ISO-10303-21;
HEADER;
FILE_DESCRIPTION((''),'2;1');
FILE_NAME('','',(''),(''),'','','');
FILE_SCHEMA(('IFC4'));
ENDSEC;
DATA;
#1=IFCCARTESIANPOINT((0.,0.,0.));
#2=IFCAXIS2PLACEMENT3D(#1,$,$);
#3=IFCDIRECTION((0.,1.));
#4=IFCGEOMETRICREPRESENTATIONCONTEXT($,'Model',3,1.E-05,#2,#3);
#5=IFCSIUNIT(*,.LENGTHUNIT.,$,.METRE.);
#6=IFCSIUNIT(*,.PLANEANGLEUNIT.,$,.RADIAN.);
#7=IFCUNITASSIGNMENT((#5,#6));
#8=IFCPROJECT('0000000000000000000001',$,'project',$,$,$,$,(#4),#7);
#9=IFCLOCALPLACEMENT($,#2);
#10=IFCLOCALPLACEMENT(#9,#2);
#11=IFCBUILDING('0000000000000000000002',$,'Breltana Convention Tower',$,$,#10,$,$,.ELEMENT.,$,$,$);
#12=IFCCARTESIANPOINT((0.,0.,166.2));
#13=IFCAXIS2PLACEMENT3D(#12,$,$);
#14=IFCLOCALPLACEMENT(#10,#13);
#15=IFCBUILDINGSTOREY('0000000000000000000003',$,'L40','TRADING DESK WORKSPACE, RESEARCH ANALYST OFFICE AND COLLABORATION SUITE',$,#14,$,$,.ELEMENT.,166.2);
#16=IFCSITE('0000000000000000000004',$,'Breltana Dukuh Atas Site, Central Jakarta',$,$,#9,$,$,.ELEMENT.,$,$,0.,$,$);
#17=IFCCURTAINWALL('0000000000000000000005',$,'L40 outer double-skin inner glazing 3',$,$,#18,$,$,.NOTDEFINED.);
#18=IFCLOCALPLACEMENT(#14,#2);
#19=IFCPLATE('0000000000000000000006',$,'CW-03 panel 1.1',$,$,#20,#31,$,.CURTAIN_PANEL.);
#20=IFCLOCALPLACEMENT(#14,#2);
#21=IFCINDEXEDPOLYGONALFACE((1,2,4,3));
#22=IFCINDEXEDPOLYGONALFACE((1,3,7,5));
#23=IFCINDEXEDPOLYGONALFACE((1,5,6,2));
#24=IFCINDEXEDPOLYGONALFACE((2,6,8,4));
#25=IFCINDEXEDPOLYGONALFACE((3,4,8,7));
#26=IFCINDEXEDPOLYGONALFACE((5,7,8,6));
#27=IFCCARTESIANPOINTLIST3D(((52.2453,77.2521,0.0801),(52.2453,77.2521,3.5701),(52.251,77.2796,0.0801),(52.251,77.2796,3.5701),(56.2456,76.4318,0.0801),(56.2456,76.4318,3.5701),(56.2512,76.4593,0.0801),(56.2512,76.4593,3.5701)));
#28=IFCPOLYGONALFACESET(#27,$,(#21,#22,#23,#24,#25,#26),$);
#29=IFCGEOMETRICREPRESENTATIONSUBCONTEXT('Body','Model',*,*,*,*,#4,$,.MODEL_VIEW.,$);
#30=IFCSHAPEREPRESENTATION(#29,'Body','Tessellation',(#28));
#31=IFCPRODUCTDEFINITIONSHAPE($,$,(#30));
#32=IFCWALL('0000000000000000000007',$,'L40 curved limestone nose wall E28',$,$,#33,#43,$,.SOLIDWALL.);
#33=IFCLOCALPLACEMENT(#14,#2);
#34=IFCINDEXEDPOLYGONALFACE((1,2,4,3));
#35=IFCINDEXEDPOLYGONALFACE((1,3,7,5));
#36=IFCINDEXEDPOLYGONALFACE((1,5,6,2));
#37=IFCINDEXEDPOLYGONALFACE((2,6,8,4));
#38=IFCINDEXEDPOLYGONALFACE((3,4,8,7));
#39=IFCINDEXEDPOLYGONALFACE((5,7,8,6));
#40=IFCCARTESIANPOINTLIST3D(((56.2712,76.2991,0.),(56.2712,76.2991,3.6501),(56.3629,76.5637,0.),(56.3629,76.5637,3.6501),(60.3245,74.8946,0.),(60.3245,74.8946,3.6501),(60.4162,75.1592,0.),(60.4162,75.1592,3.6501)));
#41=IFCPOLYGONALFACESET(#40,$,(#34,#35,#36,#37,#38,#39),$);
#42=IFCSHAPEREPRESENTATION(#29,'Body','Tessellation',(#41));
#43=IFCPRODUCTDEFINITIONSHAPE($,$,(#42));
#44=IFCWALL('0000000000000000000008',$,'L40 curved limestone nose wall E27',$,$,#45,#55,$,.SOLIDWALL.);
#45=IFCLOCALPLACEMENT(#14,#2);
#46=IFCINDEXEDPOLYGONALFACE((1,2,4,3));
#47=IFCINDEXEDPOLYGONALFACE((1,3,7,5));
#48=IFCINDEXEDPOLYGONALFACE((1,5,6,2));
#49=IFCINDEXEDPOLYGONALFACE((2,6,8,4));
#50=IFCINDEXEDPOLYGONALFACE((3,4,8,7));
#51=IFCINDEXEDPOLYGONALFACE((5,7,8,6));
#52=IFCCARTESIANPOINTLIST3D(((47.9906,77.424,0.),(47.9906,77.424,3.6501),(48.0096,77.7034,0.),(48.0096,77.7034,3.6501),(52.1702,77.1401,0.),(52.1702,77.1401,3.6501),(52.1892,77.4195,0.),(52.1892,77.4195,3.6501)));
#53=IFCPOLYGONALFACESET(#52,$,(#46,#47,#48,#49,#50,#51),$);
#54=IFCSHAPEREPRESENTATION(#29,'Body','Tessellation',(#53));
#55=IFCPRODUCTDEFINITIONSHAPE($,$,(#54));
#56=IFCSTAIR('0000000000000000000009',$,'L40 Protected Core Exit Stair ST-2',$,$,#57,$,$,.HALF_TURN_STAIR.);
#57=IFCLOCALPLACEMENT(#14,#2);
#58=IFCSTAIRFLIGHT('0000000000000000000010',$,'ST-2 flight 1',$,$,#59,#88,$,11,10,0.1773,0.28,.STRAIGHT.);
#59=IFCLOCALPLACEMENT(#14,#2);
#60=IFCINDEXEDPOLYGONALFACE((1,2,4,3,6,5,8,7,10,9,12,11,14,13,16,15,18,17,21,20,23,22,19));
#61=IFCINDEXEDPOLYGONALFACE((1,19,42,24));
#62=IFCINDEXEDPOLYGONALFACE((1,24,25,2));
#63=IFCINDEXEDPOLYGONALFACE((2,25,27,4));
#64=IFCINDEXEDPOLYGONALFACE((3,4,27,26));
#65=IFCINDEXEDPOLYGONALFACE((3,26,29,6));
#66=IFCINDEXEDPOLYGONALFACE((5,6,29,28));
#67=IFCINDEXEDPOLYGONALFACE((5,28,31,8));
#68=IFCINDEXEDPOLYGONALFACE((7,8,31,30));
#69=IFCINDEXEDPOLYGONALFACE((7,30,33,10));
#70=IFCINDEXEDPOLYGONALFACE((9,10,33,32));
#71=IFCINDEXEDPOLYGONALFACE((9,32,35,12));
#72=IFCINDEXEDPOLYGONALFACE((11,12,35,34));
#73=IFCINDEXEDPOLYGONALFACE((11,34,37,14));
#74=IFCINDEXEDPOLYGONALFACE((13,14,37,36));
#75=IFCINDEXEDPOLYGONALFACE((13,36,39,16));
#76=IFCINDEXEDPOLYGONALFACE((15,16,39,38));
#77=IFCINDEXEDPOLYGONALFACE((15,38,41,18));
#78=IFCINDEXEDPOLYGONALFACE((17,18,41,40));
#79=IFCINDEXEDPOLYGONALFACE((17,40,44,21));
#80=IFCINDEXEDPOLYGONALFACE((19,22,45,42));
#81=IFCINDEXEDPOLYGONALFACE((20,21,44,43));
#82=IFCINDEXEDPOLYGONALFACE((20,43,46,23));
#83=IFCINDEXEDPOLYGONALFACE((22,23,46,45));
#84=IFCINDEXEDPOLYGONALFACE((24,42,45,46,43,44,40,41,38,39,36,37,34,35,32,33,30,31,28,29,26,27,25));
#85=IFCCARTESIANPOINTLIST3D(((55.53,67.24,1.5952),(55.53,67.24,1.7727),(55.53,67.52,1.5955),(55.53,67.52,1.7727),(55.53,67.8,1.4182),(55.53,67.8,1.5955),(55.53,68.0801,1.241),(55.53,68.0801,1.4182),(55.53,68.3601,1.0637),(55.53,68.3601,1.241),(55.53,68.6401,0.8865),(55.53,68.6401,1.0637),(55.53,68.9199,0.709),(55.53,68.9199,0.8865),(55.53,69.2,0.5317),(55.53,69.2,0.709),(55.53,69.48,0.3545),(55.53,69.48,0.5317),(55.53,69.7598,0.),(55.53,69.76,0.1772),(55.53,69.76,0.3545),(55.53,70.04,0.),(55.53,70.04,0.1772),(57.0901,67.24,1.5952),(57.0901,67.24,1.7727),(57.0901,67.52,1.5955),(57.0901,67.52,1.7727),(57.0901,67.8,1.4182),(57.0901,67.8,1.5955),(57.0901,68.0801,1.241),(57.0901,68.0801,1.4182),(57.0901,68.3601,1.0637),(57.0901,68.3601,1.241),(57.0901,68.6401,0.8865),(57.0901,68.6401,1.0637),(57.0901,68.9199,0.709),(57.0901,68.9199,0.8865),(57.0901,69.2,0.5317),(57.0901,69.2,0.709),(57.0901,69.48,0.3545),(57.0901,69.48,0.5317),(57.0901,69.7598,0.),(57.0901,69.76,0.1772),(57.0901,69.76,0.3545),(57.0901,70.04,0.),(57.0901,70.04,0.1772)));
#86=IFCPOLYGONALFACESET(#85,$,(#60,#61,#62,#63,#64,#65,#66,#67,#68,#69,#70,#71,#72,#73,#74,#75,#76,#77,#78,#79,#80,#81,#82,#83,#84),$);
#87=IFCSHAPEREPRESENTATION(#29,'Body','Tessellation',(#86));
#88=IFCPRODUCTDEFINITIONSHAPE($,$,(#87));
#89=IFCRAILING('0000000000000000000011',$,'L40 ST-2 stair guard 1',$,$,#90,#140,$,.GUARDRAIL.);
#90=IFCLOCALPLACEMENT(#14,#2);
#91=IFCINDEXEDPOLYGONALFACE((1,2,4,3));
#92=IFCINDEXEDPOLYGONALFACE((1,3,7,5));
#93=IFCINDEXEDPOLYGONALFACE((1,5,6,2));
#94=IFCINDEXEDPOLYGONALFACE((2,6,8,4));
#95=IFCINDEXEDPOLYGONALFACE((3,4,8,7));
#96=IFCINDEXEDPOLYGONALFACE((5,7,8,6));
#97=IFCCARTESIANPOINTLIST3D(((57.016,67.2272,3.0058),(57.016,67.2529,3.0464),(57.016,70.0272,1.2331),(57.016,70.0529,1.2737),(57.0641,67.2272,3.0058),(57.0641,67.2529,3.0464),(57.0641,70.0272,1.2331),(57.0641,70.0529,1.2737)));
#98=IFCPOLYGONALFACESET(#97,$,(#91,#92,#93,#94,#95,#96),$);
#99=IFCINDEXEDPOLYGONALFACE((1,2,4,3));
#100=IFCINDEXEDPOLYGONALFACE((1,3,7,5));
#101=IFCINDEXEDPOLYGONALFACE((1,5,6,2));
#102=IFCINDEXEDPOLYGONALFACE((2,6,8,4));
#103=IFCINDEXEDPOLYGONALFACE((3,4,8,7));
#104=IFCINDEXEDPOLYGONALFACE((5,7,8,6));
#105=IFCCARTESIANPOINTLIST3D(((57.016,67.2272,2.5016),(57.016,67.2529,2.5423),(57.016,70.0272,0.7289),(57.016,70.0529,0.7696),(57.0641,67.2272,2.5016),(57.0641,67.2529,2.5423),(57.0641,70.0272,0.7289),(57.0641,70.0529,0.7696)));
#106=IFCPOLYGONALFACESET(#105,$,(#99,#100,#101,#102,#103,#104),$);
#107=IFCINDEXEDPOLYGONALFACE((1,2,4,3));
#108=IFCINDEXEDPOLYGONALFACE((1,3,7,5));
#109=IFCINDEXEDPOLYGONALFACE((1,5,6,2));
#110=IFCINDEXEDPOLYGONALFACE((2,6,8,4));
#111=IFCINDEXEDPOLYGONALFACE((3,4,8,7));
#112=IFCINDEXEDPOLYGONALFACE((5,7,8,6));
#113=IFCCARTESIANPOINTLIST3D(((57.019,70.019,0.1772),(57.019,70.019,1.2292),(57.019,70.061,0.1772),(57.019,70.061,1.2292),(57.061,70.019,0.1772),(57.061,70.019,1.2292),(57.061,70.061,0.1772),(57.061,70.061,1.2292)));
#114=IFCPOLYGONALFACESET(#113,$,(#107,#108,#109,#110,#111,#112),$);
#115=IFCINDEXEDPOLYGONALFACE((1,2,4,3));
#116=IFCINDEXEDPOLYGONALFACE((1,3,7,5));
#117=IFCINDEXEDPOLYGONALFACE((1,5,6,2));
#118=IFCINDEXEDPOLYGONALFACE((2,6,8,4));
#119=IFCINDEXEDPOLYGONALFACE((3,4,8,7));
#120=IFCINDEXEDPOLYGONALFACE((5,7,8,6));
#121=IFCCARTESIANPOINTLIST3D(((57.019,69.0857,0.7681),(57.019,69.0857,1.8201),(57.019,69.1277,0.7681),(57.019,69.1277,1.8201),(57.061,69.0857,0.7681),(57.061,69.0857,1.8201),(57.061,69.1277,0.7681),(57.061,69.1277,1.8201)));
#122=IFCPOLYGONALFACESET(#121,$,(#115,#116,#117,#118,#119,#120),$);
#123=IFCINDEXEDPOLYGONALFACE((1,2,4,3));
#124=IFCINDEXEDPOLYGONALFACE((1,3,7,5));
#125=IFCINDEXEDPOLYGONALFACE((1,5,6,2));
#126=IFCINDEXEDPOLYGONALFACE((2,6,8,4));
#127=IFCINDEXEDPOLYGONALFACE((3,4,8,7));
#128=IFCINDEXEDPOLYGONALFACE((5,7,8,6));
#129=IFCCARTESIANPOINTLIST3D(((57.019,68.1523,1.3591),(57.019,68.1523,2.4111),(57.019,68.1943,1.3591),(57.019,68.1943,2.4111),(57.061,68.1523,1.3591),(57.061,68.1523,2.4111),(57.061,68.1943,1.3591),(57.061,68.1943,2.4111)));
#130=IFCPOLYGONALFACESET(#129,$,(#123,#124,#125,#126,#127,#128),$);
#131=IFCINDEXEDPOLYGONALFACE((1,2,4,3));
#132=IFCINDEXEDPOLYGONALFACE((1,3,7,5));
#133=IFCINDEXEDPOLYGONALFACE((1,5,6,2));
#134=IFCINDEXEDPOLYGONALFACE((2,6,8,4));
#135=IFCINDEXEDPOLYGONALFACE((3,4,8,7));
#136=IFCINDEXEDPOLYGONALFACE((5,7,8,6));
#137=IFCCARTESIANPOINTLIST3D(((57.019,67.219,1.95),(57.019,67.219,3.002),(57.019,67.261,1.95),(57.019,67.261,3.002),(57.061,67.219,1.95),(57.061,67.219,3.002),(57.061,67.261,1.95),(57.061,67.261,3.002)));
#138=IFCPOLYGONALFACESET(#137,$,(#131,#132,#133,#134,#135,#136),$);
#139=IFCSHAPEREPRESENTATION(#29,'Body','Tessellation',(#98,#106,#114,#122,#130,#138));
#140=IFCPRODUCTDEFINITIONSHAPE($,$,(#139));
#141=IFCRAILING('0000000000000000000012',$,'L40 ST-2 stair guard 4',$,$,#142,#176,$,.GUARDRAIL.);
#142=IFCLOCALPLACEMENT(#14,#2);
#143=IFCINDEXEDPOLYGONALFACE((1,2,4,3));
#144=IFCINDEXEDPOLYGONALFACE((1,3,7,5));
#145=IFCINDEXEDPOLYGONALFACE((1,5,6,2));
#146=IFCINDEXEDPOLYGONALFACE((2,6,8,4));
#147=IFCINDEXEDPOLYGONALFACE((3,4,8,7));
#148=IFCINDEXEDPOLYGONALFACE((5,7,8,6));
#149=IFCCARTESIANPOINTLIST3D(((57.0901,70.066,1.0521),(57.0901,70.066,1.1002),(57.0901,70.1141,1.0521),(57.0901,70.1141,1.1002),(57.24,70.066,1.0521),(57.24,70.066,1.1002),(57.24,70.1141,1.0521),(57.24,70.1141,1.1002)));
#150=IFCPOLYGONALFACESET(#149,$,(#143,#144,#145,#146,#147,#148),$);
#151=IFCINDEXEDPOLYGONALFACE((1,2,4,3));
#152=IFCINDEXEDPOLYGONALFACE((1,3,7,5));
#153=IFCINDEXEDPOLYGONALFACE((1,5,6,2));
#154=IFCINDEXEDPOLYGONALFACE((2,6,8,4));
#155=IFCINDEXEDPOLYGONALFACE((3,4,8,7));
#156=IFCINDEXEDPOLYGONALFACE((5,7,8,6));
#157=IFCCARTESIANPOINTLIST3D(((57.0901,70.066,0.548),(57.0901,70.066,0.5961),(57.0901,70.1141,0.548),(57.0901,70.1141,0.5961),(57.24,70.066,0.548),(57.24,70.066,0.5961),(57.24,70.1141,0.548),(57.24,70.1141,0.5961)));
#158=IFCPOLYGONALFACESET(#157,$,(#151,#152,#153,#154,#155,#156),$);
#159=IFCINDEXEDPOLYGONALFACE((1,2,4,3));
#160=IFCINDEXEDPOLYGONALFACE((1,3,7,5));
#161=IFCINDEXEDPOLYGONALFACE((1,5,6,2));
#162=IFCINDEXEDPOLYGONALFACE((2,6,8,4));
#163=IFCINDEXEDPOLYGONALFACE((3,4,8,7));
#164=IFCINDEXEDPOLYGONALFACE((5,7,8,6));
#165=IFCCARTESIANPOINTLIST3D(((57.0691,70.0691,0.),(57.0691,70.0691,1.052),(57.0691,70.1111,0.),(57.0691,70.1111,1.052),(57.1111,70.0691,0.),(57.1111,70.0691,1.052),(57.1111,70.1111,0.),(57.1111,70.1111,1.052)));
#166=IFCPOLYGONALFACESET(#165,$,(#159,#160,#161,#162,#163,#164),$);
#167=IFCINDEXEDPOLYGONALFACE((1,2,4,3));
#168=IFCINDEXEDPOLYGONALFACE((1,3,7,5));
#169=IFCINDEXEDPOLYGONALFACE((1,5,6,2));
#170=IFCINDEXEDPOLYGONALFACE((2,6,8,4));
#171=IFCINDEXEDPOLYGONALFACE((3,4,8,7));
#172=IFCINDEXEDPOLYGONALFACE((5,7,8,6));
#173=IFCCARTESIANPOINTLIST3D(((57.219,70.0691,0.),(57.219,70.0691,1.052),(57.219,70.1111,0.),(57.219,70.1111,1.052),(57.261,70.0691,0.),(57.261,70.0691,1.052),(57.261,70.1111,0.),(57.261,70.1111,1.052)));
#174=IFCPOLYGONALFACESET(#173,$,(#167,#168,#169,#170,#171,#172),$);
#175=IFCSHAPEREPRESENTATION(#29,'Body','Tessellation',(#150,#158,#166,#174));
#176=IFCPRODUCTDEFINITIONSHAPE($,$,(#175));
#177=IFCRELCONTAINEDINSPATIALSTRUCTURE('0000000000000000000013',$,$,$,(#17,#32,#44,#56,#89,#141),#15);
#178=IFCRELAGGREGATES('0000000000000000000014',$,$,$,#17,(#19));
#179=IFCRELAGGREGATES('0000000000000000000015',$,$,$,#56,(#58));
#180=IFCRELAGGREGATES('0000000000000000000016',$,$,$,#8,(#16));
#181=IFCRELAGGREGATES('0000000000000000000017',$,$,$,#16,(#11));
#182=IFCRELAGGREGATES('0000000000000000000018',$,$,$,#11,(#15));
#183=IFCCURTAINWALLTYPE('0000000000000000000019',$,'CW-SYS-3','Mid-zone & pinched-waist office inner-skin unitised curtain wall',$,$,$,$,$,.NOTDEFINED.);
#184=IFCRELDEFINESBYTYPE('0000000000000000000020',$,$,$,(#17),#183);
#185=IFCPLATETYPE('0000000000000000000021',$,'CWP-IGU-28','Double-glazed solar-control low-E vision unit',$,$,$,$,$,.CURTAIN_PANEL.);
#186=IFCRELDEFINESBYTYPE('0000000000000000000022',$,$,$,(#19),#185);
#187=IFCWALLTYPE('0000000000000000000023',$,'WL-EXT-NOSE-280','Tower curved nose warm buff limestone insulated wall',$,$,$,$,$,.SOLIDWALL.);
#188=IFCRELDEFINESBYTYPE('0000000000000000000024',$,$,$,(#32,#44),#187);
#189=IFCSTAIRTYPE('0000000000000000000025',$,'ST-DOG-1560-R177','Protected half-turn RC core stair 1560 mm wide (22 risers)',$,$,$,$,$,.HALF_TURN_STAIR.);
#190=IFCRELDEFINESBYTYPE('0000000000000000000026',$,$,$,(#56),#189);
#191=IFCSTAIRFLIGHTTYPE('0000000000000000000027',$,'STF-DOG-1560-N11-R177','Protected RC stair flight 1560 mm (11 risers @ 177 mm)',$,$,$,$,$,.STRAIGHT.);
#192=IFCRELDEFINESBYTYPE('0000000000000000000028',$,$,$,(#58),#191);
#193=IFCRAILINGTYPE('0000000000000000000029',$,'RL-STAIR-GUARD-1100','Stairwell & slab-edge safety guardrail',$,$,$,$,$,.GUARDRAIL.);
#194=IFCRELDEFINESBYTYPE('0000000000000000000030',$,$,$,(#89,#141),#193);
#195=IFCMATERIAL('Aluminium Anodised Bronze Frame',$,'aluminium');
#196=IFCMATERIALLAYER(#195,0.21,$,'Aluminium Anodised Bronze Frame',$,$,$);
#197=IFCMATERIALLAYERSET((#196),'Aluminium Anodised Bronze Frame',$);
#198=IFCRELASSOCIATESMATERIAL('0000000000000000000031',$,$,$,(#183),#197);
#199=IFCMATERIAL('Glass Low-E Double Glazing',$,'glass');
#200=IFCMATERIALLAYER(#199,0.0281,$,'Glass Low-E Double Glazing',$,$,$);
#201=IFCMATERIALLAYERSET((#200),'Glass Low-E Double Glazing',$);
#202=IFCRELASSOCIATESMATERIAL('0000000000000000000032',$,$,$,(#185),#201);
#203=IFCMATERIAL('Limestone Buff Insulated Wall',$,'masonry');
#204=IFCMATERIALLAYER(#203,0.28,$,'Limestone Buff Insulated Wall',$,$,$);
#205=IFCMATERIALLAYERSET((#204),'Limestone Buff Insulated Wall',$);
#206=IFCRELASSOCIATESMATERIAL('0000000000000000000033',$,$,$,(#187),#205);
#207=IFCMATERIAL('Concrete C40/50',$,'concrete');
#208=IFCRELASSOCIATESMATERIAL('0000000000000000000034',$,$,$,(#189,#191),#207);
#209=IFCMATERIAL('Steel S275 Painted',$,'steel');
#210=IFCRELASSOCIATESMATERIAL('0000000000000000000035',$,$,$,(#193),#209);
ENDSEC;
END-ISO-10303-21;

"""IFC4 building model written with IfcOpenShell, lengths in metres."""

from ifc_helpers import new_model, si_unit, direction, frame, frame_2d, origin, origin_2d, place, context, subcontext, project, spatial, polyline, rectangle, outline, extrude, source, transform, mapped, material, layer, layer_set, type_object, element, aggregate, save


model = new_model("IFC4")

# Units and contexts
model_context = context("Model", 3, precision=1e-05, world=origin(), true_north=direction((0.0, 1.0)))
body_context = subcontext(model_context, "Body", "Model", "MODEL_VIEW")
ifc_project = project(units=[si_unit("LENGTHUNIT", "METRE"), si_unit("PLANEANGLEUNIT", "RADIAN")], contexts=[model_context])

# Site, building, storey
site_placement = place(None, origin())
site = spatial("IfcSite", under=ifc_project, at=site_placement, Name="Breltana Dukuh Atas Site, Central Jakarta", CompositionType="ELEMENT", RefElevation=0.0)
building_placement = place(site_placement, origin())
building = spatial("IfcBuilding", under=site, at=building_placement, Name="Breltana Convention Tower", CompositionType="ELEMENT")
storey_placement = place(building_placement, frame((0.0, 0.0, 166.2)))
storey = spatial("IfcBuildingStorey", under=building, at=storey_placement, Name="L40", Description="TRADING DESK WORKSPACE, RESEARCH ANALYST OFFICE AND COLLABORATION SUITE", CompositionType="ELEMENT", Elevation=166.2)

# Curtain wall, plate
ifc_material_1 = material(Name="Aluminium Anodised Bronze Frame", Category="aluminium")
ifc_layer_1 = layer(ifc_material_1, 0.21, Name="Aluminium Anodised Bronze Frame")
ifc_layer_set_1 = layer_set([ifc_layer_1], Name="Aluminium Anodised Bronze Frame")
curtain_wall_type = type_object("IfcCurtainWallType", Name="CW-SYS-3", Description="Mid-zone & pinched-waist office inner-skin unitised curtain wall", PredefinedType="NOTDEFINED", material=ifc_layer_set_1)
curtain_wall_placement = place(storey_placement, origin())
curtain_wall = element("IfcCurtainWall", 1, at=curtain_wall_placement, inside=storey, type_object=curtain_wall_type, Name="L40 outer double-skin inner glazing 3", PredefinedType="NOTDEFINED")
ifc_material_2 = material(Name="Glass Low-E Double Glazing", Category="glass")
ifc_layer_2 = layer(ifc_material_2, 0.0281, Name="Glass Low-E Double Glazing")
ifc_layer_set_2 = layer_set([ifc_layer_2], Name="Glass Low-E Double Glazing")
plate_type = type_object("IfcPlateType", Name="CWP-IGU-28", Description="Double-glazed solar-control low-E vision unit", PredefinedType="CURTAIN_PANEL", material=ifc_layer_set_2)
shared_shape_1 = source(origin(), body_context, "Body", "SweptSolid", [
    extrude(rectangle(XDim=4.0835, YDim=0.0281, at=origin_2d()), origin(), (0.0, 0.0, 1.0), 3.49),
])
plate_placement = place(storey_placement, frame((54.2483, 76.8557, 0.0801), z_axis=(0.0, 0.0, 1.0), x_axis=(0.979617, -0.200877, 0.0)))
plate = element("IfcPlate", 2, at=plate_placement, type_object=plate_type, Name="CW-03 panel 1.1", PredefinedType="CURTAIN_PANEL", context=body_context, shape_type="MappedRepresentation", body=[
    mapped(shared_shape_1, transform((0.0, 0.0, 0.0), scale=1.0)),
])
aggregate(curtain_wall, [plate])

# Walls
ifc_material_3 = material(Name="Limestone Buff Insulated Wall", Category="masonry")
ifc_layer_3 = layer(ifc_material_3, 0.28, Name="Limestone Buff Insulated Wall")
ifc_layer_set_3 = layer_set([ifc_layer_3], Name="Limestone Buff Insulated Wall")
wall_type_1 = type_object("IfcWallType", Name="WL-EXT-NOSE-280", Description="Tower curved nose warm buff limestone insulated wall", PredefinedType="SOLIDWALL", material=ifc_layer_set_3)
shared_shape_2 = source(origin(), body_context, "Body", "SweptSolid", [
    extrude(rectangle(XDim=4.2898, YDim=0.28, at=frame_2d((2.145, 0.0))), origin(), (0.0, 0.0, 1.0), 3.6501),
])
wall_1_placement = place(storey_placement, frame((56.3169, 76.4314, 0.0), z_axis=(0.0, 0.0, 1.0), x_axis=(0.944884, -0.327406, 0.0)))
element("IfcWall", 3, at=wall_1_placement, inside=storey, type_object=wall_type_1, Name="L40 curved limestone nose wall E28", PredefinedType="SOLIDWALL", context=body_context, shape_type="MappedRepresentation", body=[
    mapped(shared_shape_2, transform((0.0, 0.0, 0.0), scale=1.0)),
])
shared_shape_3 = source(origin(), body_context, "Body", "SweptSolid", [
    extrude(rectangle(XDim=4.1892, YDim=0.28, at=frame_2d((2.0947, 0.0))), origin(), (0.0, 0.0, 1.0), 3.6501),
])
wall_2_placement = place(storey_placement, frame((48.0, 77.5637, 0.0), z_axis=(0.0, 0.0, 1.0), x_axis=(0.997701, -0.067776, 0.0)))
element("IfcWall", 4, at=wall_2_placement, inside=storey, type_object=wall_type_1, Name="L40 curved limestone nose wall E27", PredefinedType="SOLIDWALL", context=body_context, shape_type="MappedRepresentation", body=[
    mapped(shared_shape_3, transform((0.0, 0.0, 0.0), scale=1.0)),
])

# Stair, stair flight
ifc_material_4 = material(Name="Concrete C40/50", Category="concrete")
stair_type = type_object("IfcStairType", Name="ST-DOG-1560-R177", Description="Protected half-turn RC core stair 1560 mm wide (22 risers)", PredefinedType="HALF_TURN_STAIR", material=ifc_material_4)
stair_placement = place(storey_placement, origin())
stair = element("IfcStair", 5, at=stair_placement, inside=storey, type_object=stair_type, Name="L40 Protected Core Exit Stair ST-2", PredefinedType="HALF_TURN_STAIR")
stair_flight_type = type_object("IfcStairFlightType", Name="STF-DOG-1560-N11-R177", Description="Protected RC stair flight 1560 mm (11 risers @ 177 mm)", PredefinedType="STRAIGHT", material=ifc_material_4)
stair_flight_placement = place(storey_placement, frame((56.3101, 70.04, 0.0), z_axis=(0.0, 0.0, 1.0), x_axis=(0.0, -1.0, 0.0)))
stair_flight = element("IfcStairFlight", 6, at=stair_flight_placement, type_object=stair_flight_type, Name="ST-2 flight 1", NumberOfRisers=11, NumberOfTreads=10, PredefinedType="STRAIGHT", RiserHeight=0.1773, TreadLength=0.28, context=body_context, shape_type="SweptSolid", body=[
    extrude(outline(polyline([(0.0, 0.0), (0.0, 0.1772), (0.28, 0.1772), (0.28, 0.3545), (0.5601, 0.3545), (0.5601, 0.5317), (0.8401, 0.5317), (0.8401, 0.709), (1.1201, 0.709), (1.1201, 0.8865), (1.3999, 0.8865), (1.3999, 1.0637), (1.6799, 1.0637), (1.6799, 1.241), (1.96, 1.241), (1.96, 1.4182), (2.24, 1.4182), (2.24, 1.5955), (2.52, 1.5955), (2.52, 1.7727), (2.8, 1.7727), (2.8, 1.95), (2.8, 1.5952), (0.2803, 0.0), (0.0, 0.0)])), frame((0.0, 0.78, 0.0), z_axis=(0.0, -1.0, 0.0), x_axis=(1.0, 0.0, 0.0)), (0.0, 0.0, 1.0), 1.5601),
])
aggregate(stair, [stair_flight])

# Railings
ifc_material_5 = material(Name="Steel S275 Painted", Category="steel")
railing_type_1 = type_object("IfcRailingType", Name="RL-STAIR-GUARD-1100", Description="Stairwell & slab-edge safety guardrail", PredefinedType="GUARDRAIL", material=ifc_material_5)
railing_1_placement = place(storey_placement, frame((57.04, 70.04, 0.1772)))
element("IfcRailing", 7, at=railing_1_placement, inside=storey, type_object=railing_type_1, Name="L40 ST-2 stair guard 1", PredefinedType="GUARDRAIL", context=body_context, shape_type="SweptSolid", body=[
    extrude(rectangle(XDim=0.0481, YDim=0.0481, at=origin_2d()), frame((0.0, 0.0, 1.0762), z_axis=(0.0, -0.844909, 0.53491), x_axis=(1.0, 0.0, 0.0)), (0.0, 0.0, 1.0), 3.314),
    extrude(rectangle(XDim=0.0481, YDim=0.0481, at=origin_2d()), frame((0.0, 0.0, 0.572), z_axis=(0.0, -0.844909, 0.53491), x_axis=(1.0, 0.0, 0.0)), (0.0, 0.0, 1.0), 3.314),
    extrude(rectangle(XDim=0.042, YDim=0.042, at=origin_2d()), origin(), (0.0, 0.0, 1.0), 1.052),
    extrude(rectangle(XDim=0.042, YDim=0.042, at=origin_2d()), frame((0.0, -0.9333, 0.5908)), (0.0, 0.0, 1.0), 1.052),
    extrude(rectangle(XDim=0.042, YDim=0.042, at=origin_2d()), frame((0.0, -1.8667, 1.1819)), (0.0, 0.0, 1.0), 1.052),
    extrude(rectangle(XDim=0.042, YDim=0.042, at=origin_2d()), frame((0.0, -2.8, 1.7727)), (0.0, 0.0, 1.0), 1.052),
])
railing_2_placement = place(storey_placement, frame((57.0901, 70.0901, 0.0)))
element("IfcRailing", 8, at=railing_2_placement, inside=storey, type_object=railing_type_1, Name="L40 ST-2 stair guard 4", PredefinedType="GUARDRAIL", context=body_context, shape_type="SweptSolid", body=[
    extrude(rectangle(XDim=0.0481, YDim=0.0481, at=origin_2d()), frame((0.0, 0.0, 1.0762), z_axis=(1.0, 0.0, 0.0), x_axis=(0.0, 1.0, 0.0)), (0.0, 0.0, 1.0), 0.1499),
    extrude(rectangle(XDim=0.0481, YDim=0.0481, at=origin_2d()), frame((0.0, 0.0, 0.572), z_axis=(1.0, 0.0, 0.0), x_axis=(0.0, 1.0, 0.0)), (0.0, 0.0, 1.0), 0.1499),
    extrude(rectangle(XDim=0.042, YDim=0.042, at=origin_2d()), origin(), (0.0, 0.0, 1.0), 1.052),
    extrude(rectangle(XDim=0.042, YDim=0.042, at=origin_2d()), frame((0.1499, 0.0, 0.0)), (0.0, 0.0, 1.0), 1.052),
])

save(model, "model.ifc")
